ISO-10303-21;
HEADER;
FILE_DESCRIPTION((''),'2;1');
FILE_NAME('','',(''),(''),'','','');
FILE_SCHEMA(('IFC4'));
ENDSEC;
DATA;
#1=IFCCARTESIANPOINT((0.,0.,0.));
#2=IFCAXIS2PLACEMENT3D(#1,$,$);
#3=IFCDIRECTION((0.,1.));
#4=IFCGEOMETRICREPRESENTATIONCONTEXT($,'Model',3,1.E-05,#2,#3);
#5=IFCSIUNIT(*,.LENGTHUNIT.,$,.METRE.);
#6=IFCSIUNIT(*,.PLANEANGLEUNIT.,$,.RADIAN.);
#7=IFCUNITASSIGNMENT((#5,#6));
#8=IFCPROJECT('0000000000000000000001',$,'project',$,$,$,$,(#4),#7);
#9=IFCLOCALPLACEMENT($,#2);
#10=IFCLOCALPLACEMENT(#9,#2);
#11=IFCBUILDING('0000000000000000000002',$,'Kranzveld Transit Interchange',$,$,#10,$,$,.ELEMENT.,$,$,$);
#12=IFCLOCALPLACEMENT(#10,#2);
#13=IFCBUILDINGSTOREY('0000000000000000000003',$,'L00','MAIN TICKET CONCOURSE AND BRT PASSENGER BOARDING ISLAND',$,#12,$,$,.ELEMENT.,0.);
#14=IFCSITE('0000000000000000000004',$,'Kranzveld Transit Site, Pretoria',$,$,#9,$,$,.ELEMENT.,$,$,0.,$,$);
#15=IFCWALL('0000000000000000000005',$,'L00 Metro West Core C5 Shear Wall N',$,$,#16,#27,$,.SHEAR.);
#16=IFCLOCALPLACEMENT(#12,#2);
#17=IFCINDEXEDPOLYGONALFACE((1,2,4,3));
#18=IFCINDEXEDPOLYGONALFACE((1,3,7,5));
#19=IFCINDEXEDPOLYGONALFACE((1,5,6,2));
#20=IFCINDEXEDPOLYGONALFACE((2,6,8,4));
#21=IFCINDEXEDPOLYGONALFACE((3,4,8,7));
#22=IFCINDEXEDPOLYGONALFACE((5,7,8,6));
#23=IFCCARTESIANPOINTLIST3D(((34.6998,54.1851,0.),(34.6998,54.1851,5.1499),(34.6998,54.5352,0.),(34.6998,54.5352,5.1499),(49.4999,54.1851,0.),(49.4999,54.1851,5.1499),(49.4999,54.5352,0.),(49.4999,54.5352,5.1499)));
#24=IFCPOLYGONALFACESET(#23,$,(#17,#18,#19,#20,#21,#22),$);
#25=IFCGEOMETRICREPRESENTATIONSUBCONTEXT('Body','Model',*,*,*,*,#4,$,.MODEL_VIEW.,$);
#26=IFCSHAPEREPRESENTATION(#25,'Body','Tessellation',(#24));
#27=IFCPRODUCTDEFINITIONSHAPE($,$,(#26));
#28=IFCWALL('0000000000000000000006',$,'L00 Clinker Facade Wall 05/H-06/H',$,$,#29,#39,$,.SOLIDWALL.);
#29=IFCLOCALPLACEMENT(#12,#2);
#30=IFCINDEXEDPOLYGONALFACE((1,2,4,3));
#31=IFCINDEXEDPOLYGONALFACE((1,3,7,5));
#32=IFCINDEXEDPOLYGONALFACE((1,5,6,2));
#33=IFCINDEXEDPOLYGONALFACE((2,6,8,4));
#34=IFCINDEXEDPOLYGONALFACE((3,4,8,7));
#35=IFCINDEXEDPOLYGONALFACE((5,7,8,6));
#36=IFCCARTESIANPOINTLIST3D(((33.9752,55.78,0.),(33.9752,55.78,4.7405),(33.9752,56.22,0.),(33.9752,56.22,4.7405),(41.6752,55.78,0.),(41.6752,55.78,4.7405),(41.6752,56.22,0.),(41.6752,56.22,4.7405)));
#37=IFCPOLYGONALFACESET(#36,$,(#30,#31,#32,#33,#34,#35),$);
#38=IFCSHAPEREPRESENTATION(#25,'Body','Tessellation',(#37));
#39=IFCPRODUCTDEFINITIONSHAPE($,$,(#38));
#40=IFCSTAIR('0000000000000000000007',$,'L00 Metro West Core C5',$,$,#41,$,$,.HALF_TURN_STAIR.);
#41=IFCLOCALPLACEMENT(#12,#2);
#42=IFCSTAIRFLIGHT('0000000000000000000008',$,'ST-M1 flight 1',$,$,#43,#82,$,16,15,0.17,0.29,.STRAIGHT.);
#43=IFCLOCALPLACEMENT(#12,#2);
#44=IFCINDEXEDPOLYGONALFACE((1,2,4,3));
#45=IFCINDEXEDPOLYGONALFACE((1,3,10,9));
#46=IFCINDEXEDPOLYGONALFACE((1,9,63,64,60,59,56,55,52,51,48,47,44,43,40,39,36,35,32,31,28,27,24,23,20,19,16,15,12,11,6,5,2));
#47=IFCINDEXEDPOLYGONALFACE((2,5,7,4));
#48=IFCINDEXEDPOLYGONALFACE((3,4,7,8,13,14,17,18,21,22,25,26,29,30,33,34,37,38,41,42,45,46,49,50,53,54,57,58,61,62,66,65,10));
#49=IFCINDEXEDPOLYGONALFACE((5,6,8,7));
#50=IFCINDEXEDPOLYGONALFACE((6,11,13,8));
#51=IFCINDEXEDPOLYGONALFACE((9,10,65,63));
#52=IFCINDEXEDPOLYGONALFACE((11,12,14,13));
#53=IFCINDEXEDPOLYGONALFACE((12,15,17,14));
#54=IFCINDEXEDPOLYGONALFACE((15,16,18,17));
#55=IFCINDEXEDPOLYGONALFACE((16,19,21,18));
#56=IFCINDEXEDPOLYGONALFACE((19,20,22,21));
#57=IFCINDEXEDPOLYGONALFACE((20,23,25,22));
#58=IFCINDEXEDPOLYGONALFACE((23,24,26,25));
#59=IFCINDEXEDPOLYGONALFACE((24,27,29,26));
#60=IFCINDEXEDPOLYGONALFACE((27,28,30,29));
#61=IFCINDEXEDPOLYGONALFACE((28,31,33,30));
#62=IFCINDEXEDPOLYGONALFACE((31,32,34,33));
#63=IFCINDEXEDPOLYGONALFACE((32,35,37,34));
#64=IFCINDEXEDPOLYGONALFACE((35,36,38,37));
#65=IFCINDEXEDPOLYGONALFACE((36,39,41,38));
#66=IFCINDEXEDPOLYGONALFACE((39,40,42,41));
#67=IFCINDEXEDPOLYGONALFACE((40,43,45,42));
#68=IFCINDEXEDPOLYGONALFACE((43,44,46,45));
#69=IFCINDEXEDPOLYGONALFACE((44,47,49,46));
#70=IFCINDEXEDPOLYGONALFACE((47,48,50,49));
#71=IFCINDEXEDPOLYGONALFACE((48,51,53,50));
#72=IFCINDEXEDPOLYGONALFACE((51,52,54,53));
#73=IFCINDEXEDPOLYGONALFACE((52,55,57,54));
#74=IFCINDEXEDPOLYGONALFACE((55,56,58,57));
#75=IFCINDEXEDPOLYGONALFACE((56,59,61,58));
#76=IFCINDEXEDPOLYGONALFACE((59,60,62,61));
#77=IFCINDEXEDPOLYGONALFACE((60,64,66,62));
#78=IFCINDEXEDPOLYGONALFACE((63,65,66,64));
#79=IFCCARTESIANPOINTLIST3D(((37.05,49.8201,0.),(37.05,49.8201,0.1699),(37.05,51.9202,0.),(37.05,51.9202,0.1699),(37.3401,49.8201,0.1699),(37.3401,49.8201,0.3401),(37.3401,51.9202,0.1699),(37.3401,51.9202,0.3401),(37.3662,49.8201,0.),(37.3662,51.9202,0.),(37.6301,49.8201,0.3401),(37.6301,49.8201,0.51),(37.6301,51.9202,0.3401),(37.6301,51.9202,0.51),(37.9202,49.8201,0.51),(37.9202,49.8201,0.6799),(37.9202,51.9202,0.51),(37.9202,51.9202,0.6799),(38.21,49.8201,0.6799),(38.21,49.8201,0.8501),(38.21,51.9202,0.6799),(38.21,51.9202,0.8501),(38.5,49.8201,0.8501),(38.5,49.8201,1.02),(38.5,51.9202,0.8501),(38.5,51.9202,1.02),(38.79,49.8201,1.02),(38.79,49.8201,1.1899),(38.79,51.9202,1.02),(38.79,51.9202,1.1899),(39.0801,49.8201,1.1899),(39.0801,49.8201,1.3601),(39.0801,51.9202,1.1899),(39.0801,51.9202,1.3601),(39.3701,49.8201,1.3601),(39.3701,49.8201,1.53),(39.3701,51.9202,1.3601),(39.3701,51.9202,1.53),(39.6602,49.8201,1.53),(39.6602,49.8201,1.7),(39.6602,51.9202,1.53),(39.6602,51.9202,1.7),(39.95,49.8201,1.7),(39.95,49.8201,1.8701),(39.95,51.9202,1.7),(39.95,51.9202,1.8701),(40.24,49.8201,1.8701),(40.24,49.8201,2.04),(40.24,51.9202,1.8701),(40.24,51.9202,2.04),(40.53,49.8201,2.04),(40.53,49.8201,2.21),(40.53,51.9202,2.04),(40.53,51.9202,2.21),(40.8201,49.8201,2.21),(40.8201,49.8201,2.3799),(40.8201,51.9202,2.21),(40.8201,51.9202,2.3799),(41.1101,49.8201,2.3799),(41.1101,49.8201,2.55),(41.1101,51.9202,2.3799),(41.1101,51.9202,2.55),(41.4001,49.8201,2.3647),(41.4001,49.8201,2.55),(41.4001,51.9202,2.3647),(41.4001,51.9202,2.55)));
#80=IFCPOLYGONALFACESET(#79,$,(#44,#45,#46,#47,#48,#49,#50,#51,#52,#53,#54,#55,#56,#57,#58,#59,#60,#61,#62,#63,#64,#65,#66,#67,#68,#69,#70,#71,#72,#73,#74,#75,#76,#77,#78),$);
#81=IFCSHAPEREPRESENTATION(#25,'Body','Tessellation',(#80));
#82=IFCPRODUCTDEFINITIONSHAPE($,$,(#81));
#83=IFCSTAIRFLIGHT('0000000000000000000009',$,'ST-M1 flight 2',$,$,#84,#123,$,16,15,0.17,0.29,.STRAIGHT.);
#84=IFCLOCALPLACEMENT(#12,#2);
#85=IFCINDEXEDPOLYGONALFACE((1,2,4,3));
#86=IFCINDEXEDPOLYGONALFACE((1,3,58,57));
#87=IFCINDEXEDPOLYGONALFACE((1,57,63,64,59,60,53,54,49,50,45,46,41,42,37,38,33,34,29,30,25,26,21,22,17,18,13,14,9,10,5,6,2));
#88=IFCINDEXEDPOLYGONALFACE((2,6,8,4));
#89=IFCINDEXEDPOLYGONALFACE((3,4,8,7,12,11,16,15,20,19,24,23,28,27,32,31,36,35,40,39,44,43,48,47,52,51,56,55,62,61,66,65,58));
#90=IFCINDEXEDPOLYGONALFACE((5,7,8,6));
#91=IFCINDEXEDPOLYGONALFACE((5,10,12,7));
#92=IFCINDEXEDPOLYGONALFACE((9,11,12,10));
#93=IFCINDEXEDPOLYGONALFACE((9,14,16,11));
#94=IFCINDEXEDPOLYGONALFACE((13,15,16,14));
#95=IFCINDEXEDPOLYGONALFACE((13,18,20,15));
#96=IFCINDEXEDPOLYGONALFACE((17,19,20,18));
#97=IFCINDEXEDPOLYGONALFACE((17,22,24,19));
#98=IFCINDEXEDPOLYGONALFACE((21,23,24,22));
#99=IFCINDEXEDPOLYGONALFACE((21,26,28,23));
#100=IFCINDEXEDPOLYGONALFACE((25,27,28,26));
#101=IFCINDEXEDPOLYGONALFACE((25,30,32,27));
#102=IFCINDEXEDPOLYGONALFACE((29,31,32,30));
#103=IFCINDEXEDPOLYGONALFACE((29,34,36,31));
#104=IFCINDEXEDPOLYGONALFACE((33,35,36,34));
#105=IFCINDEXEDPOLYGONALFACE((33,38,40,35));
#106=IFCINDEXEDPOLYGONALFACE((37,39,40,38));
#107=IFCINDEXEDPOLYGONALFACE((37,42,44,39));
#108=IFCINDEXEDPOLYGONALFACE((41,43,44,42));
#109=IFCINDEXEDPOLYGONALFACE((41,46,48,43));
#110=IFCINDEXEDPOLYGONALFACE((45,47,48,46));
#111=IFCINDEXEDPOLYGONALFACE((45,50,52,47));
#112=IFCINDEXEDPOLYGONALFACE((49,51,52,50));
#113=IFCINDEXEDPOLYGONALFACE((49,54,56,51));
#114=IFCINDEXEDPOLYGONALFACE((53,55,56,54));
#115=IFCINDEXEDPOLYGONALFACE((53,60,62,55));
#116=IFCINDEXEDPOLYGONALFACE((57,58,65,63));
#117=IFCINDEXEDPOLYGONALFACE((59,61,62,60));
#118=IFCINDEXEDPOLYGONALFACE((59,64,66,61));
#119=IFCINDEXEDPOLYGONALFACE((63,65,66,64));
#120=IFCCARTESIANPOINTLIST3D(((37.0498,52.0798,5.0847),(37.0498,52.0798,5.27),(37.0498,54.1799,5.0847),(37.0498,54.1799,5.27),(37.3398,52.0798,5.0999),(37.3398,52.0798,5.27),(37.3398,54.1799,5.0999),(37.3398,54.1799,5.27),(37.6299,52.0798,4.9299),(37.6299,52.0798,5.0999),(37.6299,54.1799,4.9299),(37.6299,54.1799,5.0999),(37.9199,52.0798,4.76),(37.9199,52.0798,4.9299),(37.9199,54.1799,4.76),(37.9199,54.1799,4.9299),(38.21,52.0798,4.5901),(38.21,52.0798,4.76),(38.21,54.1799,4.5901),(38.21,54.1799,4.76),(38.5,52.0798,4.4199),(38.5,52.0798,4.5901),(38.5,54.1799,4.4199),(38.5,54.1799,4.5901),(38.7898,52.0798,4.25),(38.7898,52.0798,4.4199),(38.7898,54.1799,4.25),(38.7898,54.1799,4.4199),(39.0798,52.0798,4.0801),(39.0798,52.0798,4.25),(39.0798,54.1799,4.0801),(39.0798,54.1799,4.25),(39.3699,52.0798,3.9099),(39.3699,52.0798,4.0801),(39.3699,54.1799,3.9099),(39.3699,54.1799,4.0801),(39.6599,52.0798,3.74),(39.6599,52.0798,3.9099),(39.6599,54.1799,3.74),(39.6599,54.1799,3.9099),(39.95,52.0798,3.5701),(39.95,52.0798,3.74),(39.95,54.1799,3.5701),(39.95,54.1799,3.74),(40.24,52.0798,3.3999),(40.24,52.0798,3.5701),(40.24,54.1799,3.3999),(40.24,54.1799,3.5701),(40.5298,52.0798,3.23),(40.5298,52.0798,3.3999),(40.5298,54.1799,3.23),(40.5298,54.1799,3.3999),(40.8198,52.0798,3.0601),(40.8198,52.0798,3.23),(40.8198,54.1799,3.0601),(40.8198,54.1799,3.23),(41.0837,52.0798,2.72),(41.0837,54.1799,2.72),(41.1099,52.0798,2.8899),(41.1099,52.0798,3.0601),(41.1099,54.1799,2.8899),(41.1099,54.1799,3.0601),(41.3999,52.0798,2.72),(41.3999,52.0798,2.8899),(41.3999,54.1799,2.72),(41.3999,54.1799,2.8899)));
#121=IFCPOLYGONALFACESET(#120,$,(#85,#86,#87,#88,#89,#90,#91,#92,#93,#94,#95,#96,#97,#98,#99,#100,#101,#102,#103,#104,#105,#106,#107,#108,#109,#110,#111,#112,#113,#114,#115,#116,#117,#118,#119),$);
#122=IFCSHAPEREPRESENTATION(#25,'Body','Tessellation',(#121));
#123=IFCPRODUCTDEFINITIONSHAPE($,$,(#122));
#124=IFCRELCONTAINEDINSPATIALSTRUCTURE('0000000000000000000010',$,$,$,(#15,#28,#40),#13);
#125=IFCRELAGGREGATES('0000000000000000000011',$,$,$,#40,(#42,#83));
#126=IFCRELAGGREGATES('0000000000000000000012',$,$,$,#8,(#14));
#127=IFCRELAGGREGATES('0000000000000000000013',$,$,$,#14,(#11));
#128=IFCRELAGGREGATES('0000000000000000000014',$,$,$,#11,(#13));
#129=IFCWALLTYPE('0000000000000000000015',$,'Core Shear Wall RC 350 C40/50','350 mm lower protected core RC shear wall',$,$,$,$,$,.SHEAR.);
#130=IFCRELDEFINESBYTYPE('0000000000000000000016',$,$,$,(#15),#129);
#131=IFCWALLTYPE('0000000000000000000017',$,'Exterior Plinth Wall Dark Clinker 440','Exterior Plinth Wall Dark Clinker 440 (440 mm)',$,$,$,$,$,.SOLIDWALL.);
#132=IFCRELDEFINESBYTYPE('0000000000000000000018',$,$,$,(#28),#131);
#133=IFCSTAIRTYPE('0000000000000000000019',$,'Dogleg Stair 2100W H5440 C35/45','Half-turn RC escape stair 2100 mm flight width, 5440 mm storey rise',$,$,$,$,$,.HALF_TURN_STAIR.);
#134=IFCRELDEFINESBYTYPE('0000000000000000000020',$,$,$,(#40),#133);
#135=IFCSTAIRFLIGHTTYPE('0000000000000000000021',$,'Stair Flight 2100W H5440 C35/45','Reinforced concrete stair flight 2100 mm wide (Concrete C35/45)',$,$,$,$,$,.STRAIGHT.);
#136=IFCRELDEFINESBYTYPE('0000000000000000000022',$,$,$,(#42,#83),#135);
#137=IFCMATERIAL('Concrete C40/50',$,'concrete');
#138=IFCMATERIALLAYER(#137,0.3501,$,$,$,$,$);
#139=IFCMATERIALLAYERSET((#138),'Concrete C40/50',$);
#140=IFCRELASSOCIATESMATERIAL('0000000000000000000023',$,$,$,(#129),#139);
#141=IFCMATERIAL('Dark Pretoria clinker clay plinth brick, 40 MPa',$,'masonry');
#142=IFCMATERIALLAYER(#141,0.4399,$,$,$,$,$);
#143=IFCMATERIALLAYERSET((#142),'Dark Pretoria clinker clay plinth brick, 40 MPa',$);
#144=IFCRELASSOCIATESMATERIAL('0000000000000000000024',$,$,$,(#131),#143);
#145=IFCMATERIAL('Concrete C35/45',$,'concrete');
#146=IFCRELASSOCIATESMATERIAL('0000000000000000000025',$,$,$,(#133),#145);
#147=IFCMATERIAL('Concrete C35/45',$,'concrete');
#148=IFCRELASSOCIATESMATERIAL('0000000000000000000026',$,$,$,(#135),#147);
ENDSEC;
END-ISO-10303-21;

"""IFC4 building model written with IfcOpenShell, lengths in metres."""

from ifc_helpers import new_model, si_unit, direction, frame, frame_2d, origin, place, context, subcontext, project, spatial, polyline, rectangle, outline, extrude, material, layer, layer_set, type_object, element, aggregate, save


model = new_model("IFC4")

# Units and contexts
model_context = context("Model", 3, precision=1e-05, world=origin(), true_north=direction((0.0, 1.0)))
body_context = subcontext(model_context, "Body", "Model", "MODEL_VIEW")
ifc_project = project(units=[si_unit("LENGTHUNIT", "METRE"), si_unit("PLANEANGLEUNIT", "RADIAN")], contexts=[model_context])

# Site, building, storey
site_placement = place(None, origin())
site = spatial("IfcSite", under=ifc_project, at=site_placement, Name="Kranzveld Transit Site, Pretoria", CompositionType="ELEMENT", RefElevation=0.0)
building_placement = place(site_placement, origin())
building = spatial("IfcBuilding", under=site, at=building_placement, Name="Kranzveld Transit Interchange", CompositionType="ELEMENT")
storey_placement = place(building_placement, origin())
storey = spatial("IfcBuildingStorey", under=building, at=storey_placement, Name="L00", Description="MAIN TICKET CONCOURSE AND BRT PASSENGER BOARDING ISLAND", CompositionType="ELEMENT", Elevation=0.0)

# Walls
ifc_material_1 = material(Name="Concrete C40/50", Category="concrete")
ifc_layer_1 = layer(ifc_material_1, 0.3501)
ifc_layer_set_1 = layer_set([ifc_layer_1], Name="Concrete C40/50")
wall_type_1 = type_object("IfcWallType", Name="Core Shear Wall RC 350 C40/50", Description="350 mm lower protected core RC shear wall", PredefinedType="SHEAR", material=ifc_layer_set_1)
wall_1_placement = place(storey_placement, frame((34.7, 54.3601, 0.0), z_axis=(0.0, 0.0, 1.0), x_axis=(1.0, 0.0, 0.0)))
element("IfcWall", 1, at=wall_1_placement, inside=storey, type_object=wall_type_1, Name="L00 Metro West Core C5 Shear Wall N", PredefinedType="SHEAR", context=body_context, shape_type="SweptSolid", body=[
    extrude(rectangle(XDim=14.8, YDim=0.3501, at=frame_2d((7.3999, 0.0))), origin(), (0.0, 0.0, 1.0), 5.1499),
])
ifc_material_2 = material(Name="Dark Pretoria clinker clay plinth brick, 40 MPa", Category="masonry")
ifc_layer_2 = layer(ifc_material_2, 0.4399)
ifc_layer_set_2 = layer_set([ifc_layer_2], Name="Dark Pretoria clinker clay plinth brick, 40 MPa")
wall_type_2 = type_object("IfcWallType", Name="Exterior Plinth Wall Dark Clinker 440", Description="Exterior Plinth Wall Dark Clinker 440 (440 mm)", PredefinedType="SOLIDWALL", material=ifc_layer_set_2)
wall_2_placement = place(storey_placement, frame((33.9751, 56.0, 0.0), z_axis=(0.0, 0.0, 1.0), x_axis=(1.0, 0.0, 0.0)))
element("IfcWall", 2, at=wall_2_placement, inside=storey, type_object=wall_type_2, Name="L00 Clinker Facade Wall 05/H-06/H", PredefinedType="SOLIDWALL", context=body_context, shape_type="SweptSolid", body=[
    extrude(rectangle(XDim=7.7, YDim=0.4399, at=frame_2d((3.8501, 0.0))), origin(), (0.0, 0.0, 1.0), 4.7405),
])

# Stair, stair flights
ifc_material_3 = material(Name="Concrete C35/45", Category="concrete")
stair_type = type_object("IfcStairType", Name="Dogleg Stair 2100W H5440 C35/45", Description="Half-turn RC escape stair 2100 mm flight width, 5440 mm storey rise", PredefinedType="HALF_TURN_STAIR", material=ifc_material_3)
stair_placement = place(storey_placement, origin())
stair = element("IfcStair", 3, at=stair_placement, inside=storey, type_object=stair_type, Name="L00 Metro West Core C5", PredefinedType="HALF_TURN_STAIR")
ifc_material_4 = material(Name="Concrete C35/45", Category="concrete")
stair_flight_type = type_object("IfcStairFlightType", Name="Stair Flight 2100W H5440 C35/45", Description="Reinforced concrete stair flight 2100 mm wide (Concrete C35/45)", PredefinedType="STRAIGHT", material=ifc_material_4)
stair_flight_1_placement = place(storey_placement, frame((37.05, 50.8701, 0.0), z_axis=(0.0, 0.0, 1.0), x_axis=(1.0, 0.0, 0.0)))
stair_flight_1 = element("IfcStairFlight", 4, at=stair_flight_1_placement, type_object=stair_flight_type, Name="ST-M1 flight 1", NumberOfRisers=16, NumberOfTreads=15, PredefinedType="STRAIGHT", RiserHeight=0.17, TreadLength=0.29, context=body_context, shape_type="SweptSolid", body=[
    extrude(outline(polyline([(0.0, 0.0), (0.0, 0.1699), (0.29, 0.1699), (0.29, 0.3401), (0.5801, 0.3401), (0.5801, 0.51), (0.8701, 0.51), (0.8701, 0.6799), (1.1599, 0.6799), (1.1599, 0.8501), (1.45, 0.8501), (1.45, 1.02), (1.74, 1.02), (1.74, 1.1899), (2.03, 1.1899), (2.03, 1.3601), (2.3201, 1.3601), (2.3201, 1.53), (2.6101, 1.53), (2.6101, 1.7), (2.8999, 1.7), (2.8999, 1.8701), (3.1899, 1.8701), (3.1899, 2.04), (3.48, 2.04), (3.48, 2.21), (3.77, 2.21), (3.77, 2.3799), (4.0601, 2.3799), (4.0601, 2.55), (4.3501, 2.55), (4.3501, 2.72), (4.3501, 2.3647), (0.3162, 0.0), (0.0, 0.0)])), frame((0.0, 1.05, 0.0), z_axis=(0.0, -1.0, 0.0), x_axis=(1.0, 0.0, 0.0)), (0.0, 0.0, 1.0), 2.1001),
])
stair_flight_2_placement = place(storey_placement, frame((41.3999, 53.1299, 2.72), z_axis=(0.0, 0.0, 1.0), x_axis=(-1.0, 0.0, 0.0)))
stair_flight_2 = element("IfcStairFlight", 5, at=stair_flight_2_placement, type_object=stair_flight_type, Name="ST-M1 flight 2", NumberOfRisers=16, NumberOfTreads=15, PredefinedType="STRAIGHT", RiserHeight=0.17, TreadLength=0.29, context=body_context, shape_type="SweptSolid", body=[
    extrude(outline(polyline([(0.0, 0.0), (0.0, 0.1699), (0.29, 0.1699), (0.29, 0.3401), (0.5801, 0.3401), (0.5801, 0.51), (0.8701, 0.51), (0.8701, 0.6799), (1.1599, 0.6799), (1.1599, 0.8501), (1.45, 0.8501), (1.45, 1.02), (1.74, 1.02), (1.74, 1.1899), (2.03, 1.1899), (2.03, 1.3601), (2.3201, 1.3601), (2.3201, 1.53), (2.6101, 1.53), (2.6101, 1.7), (2.8999, 1.7), (2.8999, 1.8701), (3.1899, 1.8701), (3.1899, 2.04), (3.48, 2.04), (3.48, 2.21), (3.77, 2.21), (3.77, 2.3799), (4.0601, 2.3799), (4.0601, 2.55), (4.3501, 2.55), (4.3501, 2.72), (4.3501, 2.3647), (0.3162, 0.0), (0.0, 0.0)])), frame((0.0, 1.05, 0.0), z_axis=(0.0, -1.0, 0.0), x_axis=(1.0, 0.0, 0.0)), (0.0, 0.0, 1.0), 2.1001),
])
aggregate(stair, [stair_flight_1, stair_flight_2])

save(model, "model.ifc")
